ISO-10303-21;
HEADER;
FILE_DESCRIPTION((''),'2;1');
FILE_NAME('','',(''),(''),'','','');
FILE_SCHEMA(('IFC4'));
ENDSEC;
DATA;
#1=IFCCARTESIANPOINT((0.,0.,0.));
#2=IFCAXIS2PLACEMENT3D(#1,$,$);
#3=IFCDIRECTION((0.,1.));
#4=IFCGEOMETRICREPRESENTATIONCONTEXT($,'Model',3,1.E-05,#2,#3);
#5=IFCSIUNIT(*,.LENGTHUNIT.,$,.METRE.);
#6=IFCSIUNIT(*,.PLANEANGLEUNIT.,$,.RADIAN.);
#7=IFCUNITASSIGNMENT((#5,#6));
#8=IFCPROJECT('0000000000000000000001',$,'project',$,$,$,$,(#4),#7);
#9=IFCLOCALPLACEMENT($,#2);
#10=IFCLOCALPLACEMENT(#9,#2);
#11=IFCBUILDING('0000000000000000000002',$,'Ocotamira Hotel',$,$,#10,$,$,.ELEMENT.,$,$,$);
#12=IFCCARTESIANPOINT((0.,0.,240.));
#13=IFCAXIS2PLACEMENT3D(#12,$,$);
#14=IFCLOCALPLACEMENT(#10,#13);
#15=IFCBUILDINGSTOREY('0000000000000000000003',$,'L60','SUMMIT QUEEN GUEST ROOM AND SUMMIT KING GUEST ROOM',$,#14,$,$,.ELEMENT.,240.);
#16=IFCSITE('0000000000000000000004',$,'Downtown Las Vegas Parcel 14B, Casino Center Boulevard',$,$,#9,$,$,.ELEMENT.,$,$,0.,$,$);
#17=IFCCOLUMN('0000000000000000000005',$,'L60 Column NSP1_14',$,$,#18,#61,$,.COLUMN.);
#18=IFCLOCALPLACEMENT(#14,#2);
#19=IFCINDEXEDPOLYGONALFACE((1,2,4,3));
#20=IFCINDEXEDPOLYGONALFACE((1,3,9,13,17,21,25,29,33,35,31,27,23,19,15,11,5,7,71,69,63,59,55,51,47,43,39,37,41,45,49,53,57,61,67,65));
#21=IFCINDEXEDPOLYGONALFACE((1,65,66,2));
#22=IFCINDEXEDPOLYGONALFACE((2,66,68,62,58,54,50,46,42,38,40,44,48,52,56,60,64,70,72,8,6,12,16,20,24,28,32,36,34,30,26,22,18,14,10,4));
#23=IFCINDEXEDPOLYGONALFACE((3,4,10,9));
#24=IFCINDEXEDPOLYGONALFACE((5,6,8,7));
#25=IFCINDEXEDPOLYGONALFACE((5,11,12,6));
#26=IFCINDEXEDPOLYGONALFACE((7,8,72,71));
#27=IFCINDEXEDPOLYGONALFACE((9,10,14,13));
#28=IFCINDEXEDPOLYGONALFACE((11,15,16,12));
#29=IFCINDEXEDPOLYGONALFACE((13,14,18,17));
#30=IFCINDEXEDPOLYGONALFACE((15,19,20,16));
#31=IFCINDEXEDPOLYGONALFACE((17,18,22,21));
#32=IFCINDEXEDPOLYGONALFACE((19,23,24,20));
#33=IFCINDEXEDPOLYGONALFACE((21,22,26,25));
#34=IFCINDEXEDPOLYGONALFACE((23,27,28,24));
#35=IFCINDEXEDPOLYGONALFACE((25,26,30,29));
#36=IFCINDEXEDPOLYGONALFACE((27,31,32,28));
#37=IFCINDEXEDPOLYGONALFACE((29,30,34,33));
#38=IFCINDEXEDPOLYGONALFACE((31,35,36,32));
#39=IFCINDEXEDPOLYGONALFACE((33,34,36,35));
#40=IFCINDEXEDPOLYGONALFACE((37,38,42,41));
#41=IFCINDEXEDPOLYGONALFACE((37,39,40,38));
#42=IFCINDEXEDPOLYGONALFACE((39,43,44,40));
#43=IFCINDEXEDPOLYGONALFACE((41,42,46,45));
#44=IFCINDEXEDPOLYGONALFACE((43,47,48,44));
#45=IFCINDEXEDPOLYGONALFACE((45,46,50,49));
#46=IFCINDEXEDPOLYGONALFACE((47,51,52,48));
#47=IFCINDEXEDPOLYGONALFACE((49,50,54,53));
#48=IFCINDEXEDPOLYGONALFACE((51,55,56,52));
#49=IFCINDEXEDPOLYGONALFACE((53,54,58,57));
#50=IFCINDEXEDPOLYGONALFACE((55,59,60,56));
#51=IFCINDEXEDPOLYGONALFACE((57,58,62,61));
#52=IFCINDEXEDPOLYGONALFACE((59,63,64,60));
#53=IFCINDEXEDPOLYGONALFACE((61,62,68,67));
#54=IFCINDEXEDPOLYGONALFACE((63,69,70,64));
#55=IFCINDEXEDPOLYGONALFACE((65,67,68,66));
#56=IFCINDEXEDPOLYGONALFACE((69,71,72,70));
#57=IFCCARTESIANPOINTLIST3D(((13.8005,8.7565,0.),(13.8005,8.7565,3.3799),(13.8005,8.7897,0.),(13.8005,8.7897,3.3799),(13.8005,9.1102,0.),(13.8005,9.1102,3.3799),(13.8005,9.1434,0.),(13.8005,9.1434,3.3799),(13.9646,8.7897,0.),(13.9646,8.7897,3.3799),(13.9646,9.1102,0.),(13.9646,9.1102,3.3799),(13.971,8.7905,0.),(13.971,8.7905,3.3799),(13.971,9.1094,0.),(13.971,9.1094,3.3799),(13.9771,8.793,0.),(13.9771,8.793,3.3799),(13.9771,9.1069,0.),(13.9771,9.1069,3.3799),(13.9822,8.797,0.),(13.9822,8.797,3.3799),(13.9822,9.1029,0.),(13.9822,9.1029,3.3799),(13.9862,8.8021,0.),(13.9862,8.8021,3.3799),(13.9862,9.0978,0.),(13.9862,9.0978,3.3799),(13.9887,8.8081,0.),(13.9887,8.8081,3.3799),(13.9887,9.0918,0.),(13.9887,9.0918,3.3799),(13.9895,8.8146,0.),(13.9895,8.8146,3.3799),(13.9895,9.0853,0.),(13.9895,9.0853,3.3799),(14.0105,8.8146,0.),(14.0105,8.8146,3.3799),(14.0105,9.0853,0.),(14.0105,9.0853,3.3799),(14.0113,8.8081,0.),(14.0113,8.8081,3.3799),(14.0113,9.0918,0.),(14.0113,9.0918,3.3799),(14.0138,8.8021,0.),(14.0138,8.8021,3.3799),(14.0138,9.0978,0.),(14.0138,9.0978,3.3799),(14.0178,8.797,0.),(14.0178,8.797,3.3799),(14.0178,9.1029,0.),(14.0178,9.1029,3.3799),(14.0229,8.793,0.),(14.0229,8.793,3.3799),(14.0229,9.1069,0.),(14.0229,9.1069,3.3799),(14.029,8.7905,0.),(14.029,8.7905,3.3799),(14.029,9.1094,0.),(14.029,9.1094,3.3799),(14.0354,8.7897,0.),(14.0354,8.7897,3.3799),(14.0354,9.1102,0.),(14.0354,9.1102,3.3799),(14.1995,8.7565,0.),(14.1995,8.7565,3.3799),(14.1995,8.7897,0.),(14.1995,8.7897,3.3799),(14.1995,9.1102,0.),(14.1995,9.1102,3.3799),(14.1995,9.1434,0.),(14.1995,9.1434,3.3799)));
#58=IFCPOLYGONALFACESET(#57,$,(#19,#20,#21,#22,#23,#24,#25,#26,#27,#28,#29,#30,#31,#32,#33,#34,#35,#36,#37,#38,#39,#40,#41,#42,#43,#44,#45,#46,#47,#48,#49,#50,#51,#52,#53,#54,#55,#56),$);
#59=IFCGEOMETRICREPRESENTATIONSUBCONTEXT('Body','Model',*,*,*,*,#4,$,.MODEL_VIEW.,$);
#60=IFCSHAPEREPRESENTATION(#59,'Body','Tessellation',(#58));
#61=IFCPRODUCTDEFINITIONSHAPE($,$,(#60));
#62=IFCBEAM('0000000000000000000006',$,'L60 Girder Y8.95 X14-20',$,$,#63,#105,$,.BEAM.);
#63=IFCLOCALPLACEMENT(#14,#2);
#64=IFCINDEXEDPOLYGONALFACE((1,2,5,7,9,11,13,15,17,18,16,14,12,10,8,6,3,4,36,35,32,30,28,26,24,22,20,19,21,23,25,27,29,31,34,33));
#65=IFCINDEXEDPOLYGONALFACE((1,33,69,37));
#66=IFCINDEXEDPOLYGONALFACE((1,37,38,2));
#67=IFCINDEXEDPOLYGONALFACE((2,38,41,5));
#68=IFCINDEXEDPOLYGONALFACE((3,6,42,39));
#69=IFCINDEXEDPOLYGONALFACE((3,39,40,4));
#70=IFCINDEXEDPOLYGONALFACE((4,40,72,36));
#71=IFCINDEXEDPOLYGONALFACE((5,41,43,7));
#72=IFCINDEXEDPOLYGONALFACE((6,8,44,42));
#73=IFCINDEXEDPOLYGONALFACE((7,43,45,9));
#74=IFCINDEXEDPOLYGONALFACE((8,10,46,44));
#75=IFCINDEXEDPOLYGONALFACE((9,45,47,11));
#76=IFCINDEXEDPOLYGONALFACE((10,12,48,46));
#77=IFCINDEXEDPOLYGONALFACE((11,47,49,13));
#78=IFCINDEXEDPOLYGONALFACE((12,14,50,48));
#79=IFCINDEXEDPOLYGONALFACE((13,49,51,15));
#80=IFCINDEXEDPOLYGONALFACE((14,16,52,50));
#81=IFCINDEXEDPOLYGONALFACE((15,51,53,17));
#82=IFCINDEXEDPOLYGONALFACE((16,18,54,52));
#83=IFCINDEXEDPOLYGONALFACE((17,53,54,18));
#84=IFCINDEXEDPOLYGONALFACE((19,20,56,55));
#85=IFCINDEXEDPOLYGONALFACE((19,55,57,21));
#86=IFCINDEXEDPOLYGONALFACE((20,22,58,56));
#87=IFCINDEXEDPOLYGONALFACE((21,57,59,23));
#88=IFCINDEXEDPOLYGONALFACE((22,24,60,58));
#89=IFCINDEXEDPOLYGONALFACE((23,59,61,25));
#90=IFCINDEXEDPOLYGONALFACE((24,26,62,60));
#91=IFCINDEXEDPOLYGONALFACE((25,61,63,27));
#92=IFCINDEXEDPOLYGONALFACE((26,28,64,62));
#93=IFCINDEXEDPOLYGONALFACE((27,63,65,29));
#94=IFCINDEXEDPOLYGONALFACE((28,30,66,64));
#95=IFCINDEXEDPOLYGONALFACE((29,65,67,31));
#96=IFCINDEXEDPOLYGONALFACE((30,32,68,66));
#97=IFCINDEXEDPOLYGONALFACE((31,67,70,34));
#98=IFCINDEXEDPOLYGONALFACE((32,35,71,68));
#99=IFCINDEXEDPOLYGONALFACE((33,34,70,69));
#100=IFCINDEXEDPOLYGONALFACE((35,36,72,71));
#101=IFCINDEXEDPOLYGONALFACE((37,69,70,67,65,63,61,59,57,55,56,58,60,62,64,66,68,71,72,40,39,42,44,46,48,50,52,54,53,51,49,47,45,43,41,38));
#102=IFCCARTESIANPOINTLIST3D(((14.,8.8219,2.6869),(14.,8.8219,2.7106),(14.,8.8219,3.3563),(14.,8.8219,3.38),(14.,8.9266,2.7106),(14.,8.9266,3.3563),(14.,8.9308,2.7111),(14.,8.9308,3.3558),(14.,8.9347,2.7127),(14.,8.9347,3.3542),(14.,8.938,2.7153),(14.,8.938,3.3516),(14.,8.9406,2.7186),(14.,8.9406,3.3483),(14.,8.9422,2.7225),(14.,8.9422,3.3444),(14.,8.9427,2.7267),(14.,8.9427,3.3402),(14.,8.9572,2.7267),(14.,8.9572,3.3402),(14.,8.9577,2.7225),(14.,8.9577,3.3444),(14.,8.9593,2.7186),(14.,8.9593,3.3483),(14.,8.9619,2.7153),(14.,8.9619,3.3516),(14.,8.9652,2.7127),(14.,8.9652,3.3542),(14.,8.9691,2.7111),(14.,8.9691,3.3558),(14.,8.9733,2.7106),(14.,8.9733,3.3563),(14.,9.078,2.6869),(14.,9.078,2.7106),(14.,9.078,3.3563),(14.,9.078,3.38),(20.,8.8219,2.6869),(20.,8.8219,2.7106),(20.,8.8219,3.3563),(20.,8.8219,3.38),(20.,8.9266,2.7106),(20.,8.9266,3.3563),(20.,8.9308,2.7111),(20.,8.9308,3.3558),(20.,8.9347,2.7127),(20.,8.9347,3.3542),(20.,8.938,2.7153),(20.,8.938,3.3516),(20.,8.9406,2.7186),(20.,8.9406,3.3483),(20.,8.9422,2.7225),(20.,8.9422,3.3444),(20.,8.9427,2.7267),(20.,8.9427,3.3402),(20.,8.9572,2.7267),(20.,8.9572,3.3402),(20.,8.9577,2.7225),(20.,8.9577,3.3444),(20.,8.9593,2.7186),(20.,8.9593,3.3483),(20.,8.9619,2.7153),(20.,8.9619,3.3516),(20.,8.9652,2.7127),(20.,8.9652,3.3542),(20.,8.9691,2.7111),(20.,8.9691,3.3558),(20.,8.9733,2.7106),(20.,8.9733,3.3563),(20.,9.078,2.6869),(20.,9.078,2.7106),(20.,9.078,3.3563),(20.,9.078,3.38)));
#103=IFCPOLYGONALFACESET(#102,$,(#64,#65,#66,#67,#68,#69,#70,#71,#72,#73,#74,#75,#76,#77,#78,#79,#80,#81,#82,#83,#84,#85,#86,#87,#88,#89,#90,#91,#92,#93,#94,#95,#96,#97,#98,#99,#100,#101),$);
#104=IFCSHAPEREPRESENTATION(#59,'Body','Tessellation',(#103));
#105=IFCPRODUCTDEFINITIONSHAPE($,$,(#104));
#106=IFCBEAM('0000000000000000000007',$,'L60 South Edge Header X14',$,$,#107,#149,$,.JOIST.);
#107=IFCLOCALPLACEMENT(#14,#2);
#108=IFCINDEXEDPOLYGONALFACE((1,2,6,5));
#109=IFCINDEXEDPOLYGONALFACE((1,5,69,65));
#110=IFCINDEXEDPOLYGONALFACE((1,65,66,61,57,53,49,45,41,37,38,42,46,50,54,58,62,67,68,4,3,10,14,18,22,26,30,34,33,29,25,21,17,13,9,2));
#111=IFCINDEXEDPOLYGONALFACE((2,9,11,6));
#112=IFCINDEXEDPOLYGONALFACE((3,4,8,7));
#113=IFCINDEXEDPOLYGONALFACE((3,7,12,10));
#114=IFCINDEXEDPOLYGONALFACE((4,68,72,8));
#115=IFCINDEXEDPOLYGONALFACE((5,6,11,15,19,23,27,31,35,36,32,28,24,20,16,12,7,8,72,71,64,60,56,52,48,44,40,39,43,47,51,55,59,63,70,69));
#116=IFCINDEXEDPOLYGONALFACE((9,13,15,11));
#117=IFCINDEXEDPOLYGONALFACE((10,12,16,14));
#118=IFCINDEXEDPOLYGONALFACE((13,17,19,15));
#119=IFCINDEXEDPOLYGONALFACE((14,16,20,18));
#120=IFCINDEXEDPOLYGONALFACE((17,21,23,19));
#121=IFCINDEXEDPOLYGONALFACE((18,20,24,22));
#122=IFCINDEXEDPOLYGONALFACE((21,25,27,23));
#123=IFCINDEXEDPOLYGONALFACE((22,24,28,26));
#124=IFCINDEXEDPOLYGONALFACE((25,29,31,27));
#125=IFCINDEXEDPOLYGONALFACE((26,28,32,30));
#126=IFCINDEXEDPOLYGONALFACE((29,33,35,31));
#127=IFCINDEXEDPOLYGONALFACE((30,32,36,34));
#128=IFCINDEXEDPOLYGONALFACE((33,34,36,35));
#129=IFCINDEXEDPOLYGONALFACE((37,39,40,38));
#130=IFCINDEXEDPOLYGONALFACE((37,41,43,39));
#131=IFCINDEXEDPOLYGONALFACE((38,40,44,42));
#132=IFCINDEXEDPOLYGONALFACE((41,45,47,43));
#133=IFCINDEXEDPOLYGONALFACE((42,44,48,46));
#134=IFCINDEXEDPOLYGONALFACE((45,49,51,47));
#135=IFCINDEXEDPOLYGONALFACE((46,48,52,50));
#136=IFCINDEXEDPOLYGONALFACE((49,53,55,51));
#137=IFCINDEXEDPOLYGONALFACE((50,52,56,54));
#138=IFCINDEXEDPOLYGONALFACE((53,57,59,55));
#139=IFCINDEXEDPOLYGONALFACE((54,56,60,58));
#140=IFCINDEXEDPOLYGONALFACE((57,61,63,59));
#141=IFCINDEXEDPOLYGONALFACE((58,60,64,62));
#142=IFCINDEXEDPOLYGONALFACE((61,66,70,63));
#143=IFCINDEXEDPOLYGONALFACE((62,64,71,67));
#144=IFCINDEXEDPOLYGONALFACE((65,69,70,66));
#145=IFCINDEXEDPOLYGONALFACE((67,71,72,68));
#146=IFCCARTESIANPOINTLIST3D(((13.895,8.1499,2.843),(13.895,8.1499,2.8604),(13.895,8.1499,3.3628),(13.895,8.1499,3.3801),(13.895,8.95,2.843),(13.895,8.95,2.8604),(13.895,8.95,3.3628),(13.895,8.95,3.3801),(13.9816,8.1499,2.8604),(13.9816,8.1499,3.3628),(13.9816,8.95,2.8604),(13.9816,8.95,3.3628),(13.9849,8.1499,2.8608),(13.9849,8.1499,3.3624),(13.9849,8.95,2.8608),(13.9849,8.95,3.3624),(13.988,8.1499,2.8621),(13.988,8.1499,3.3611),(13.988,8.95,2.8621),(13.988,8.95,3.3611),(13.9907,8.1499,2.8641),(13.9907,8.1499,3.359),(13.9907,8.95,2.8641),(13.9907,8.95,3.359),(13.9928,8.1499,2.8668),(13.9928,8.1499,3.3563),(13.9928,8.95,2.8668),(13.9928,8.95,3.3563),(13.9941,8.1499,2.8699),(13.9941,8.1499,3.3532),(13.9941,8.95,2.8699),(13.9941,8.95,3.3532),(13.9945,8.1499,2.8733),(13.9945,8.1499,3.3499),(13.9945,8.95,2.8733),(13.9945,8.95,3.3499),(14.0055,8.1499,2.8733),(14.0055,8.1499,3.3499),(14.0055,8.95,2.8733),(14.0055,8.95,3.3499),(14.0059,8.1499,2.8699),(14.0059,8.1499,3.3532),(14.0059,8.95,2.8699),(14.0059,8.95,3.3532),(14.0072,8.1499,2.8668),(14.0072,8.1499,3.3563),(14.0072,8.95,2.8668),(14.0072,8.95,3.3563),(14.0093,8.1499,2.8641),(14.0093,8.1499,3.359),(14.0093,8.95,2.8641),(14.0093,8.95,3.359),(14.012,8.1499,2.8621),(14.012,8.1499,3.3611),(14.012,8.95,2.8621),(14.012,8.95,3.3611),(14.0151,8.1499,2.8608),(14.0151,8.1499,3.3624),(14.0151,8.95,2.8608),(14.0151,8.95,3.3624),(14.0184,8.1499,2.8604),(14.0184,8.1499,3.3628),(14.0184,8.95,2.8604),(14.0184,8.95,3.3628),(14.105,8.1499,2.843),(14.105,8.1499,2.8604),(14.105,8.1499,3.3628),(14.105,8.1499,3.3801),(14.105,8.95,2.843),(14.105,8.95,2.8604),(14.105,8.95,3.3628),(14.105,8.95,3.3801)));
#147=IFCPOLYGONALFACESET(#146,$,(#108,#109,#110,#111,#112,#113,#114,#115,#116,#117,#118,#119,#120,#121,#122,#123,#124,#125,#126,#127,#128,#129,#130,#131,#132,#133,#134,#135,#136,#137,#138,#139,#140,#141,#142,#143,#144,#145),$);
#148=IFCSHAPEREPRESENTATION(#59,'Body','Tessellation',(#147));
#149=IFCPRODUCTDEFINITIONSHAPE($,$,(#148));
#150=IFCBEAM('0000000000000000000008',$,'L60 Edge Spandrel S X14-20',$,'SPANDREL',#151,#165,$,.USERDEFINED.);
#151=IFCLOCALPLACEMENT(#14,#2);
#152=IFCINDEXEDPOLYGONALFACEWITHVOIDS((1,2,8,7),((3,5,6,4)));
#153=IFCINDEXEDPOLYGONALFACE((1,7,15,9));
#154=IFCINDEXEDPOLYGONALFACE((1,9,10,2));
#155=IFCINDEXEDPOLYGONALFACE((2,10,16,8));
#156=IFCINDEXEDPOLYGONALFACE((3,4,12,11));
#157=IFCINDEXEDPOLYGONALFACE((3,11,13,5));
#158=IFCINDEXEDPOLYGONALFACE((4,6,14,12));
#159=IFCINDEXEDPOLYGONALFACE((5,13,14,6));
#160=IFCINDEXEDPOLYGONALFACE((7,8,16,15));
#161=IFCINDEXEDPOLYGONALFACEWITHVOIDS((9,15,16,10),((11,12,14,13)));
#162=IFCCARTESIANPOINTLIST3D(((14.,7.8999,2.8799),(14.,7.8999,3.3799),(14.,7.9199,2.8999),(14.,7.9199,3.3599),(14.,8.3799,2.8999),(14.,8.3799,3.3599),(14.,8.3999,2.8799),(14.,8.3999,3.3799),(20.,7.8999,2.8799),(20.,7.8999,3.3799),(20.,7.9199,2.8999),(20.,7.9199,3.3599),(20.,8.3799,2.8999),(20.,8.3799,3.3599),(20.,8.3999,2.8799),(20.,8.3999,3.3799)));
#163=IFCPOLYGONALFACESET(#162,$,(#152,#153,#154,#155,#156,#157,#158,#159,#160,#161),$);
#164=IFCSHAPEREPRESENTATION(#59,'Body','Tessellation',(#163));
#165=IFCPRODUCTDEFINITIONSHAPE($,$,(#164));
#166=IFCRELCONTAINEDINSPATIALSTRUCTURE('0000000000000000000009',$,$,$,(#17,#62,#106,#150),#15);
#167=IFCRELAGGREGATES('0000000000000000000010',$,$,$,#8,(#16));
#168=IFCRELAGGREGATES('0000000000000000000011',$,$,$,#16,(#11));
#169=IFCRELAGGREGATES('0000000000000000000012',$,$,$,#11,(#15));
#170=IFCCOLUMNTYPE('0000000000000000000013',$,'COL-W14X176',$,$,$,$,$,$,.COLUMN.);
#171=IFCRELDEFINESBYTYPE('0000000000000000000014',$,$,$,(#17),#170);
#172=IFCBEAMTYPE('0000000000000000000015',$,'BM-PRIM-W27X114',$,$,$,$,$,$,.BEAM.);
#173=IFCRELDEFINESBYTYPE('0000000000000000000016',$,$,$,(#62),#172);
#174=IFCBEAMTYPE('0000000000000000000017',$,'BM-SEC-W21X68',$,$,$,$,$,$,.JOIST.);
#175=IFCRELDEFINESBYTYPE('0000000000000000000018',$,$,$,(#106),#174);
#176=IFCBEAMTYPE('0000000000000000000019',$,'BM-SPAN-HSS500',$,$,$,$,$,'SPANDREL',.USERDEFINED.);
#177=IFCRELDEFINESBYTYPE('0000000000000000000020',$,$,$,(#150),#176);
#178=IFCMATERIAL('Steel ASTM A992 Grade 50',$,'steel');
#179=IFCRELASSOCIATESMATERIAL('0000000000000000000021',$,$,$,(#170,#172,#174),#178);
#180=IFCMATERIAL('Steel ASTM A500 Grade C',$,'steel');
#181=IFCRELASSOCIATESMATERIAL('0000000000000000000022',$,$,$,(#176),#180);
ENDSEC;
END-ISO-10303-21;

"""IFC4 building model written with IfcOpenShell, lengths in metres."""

from ifc_helpers import new_model, si_unit, direction, frame, origin, origin_2d, place, context, subcontext, project, spatial, hollow_rectangle, i_section, extrude, source, transform, mapped, material, material_profile, profile_set, type_object, element, save


model = new_model("IFC4")

# Units and contexts
model_context = context("Model", 3, precision=1e-05, world=origin(), true_north=direction((0.0, 1.0)))
body_context = subcontext(model_context, "Body", "Model", "MODEL_VIEW")
ifc_project = project(units=[si_unit("LENGTHUNIT", "METRE"), si_unit("PLANEANGLEUNIT", "RADIAN")], contexts=[model_context])

# Site, building, storey
site_placement = place(None, origin())
site = spatial("IfcSite", under=ifc_project, at=site_placement, Name="Downtown Las Vegas Parcel 14B, Casino Center Boulevard", CompositionType="ELEMENT", RefElevation=0.0)
building_placement = place(site_placement, origin())
building = spatial("IfcBuilding", under=site, at=building_placement, Name="Ocotamira Hotel", CompositionType="ELEMENT")
storey_placement = place(building_placement, frame((0.0, 0.0, 240.0)))
storey = spatial("IfcBuildingStorey", under=building, at=storey_placement, Name="L60", Description="SUMMIT QUEEN GUEST ROOM AND SUMMIT KING GUEST ROOM", CompositionType="ELEMENT", Elevation=240.0)

# Column
ifc_material_1 = material(Name="Steel ASTM A992 Grade 50", Category="steel")
ifc_material_profile_1 = material_profile(ifc_material_1, i_section(OverallWidth=0.3989, OverallDepth=0.387, WebThickness=0.021, FlangeThickness=0.0332, FilletRadius=0.0249, at=origin_2d()), Name="W14X176")
ifc_profile_set_1 = profile_set([ifc_material_profile_1], Name="Steel ASTM A992 Grade 50")
column_type = type_object("IfcColumnType", Name="COL-W14X176", PredefinedType="COLUMN", material=ifc_profile_set_1)
shared_shape_1 = source(origin(), body_context, "Body", "SweptSolid", [
    extrude(i_section(OverallWidth=0.3989, OverallDepth=0.387, WebThickness=0.021, FlangeThickness=0.0332, FilletRadius=0.0249, at=origin_2d()), origin(), (0.0, 0.0, 1.0), 3.3799),
])
column_placement = place(storey_placement, frame((14.0, 8.95, 0.0), z_axis=(0.0, 0.0, 1.0), x_axis=(1.0, 0.0, 0.0)))
element("IfcColumn", 1, at=column_placement, inside=storey, type_object=column_type, Name="L60 Column NSP1_14", PredefinedType="COLUMN", context=body_context, shape_type="MappedRepresentation", body=[
    mapped(shared_shape_1, transform((0.0, 0.0, 0.0), scale=1.0)),
])

# Beams
ifc_material_profile_2 = material_profile(ifc_material_1, i_section(OverallWidth=0.2561, OverallDepth=0.6931, WebThickness=0.0144, FlangeThickness=0.0237, FilletRadius=0.0161, at=origin_2d()), Name="W27X114")
ifc_profile_set_2 = profile_set([ifc_material_profile_2], Name="Steel ASTM A992 Grade 50")
beam_type_1 = type_object("IfcBeamType", Name="BM-PRIM-W27X114", PredefinedType="BEAM", material=ifc_profile_set_2)
shared_shape_2 = source(origin(), body_context, "Body", "SweptSolid", [
    extrude(i_section(OverallWidth=0.2561, OverallDepth=0.6931, WebThickness=0.0144, FlangeThickness=0.0237, FilletRadius=0.0161, at=origin_2d()), origin(), (0.0, 0.0, 1.0), 6.0),
])
beam_1_placement = place(storey_placement, frame((14.0, 8.95, 3.0334), z_axis=(1.0, 0.0, 0.0), x_axis=(0.0, 1.0, 0.0)))
element("IfcBeam", 2, at=beam_1_placement, inside=storey, type_object=beam_type_1, Name="L60 Girder Y8.95 X14-20", PredefinedType="BEAM", context=body_context, shape_type="MappedRepresentation", body=[
    mapped(shared_shape_2, transform((0.0, 0.0, 0.0), scale=1.0)),
])
ifc_material_profile_3 = material_profile(ifc_material_1, i_section(OverallWidth=0.21, OverallDepth=0.5371, WebThickness=0.011, FlangeThickness=0.0173, FilletRadius=0.0129, at=origin_2d()), Name="W21X68")
ifc_profile_set_3 = profile_set([ifc_material_profile_3], Name="Steel ASTM A992 Grade 50")
beam_type_2 = type_object("IfcBeamType", Name="BM-SEC-W21X68", PredefinedType="JOIST", material=ifc_profile_set_3)
shared_shape_3 = source(origin(), body_context, "Body", "SweptSolid", [
    extrude(i_section(OverallWidth=0.21, OverallDepth=0.5371, WebThickness=0.011, FlangeThickness=0.0173, FilletRadius=0.0129, at=origin_2d()), origin(), (0.0, 0.0, 1.0), 0.8),
])
beam_2_placement = place(storey_placement, frame((14.0, 8.95, 3.1116), z_axis=(0.0, -1.0, 0.0), x_axis=(1.0, 0.0, 0.0)))
element("IfcBeam", 3, at=beam_2_placement, inside=storey, type_object=beam_type_2, Name="L60 South Edge Header X14", PredefinedType="JOIST", context=body_context, shape_type="MappedRepresentation", body=[
    mapped(shared_shape_3, transform((0.0, 0.0, 0.0), scale=1.0)),
])
ifc_material_2 = material(Name="Steel ASTM A500 Grade C", Category="steel")
ifc_material_profile_4 = material_profile(ifc_material_2, hollow_rectangle(XDim=0.5, YDim=0.5, WallThickness=0.02, at=origin_2d()), Name="HSS500X500X20")
ifc_profile_set_4 = profile_set([ifc_material_profile_4], Name="Steel ASTM A500 Grade C")
beam_type_3 = type_object("IfcBeamType", Name="BM-SPAN-HSS500", ElementType="SPANDREL", PredefinedType="USERDEFINED", material=ifc_profile_set_4)
shared_shape_4 = source(origin(), body_context, "Body", "SweptSolid", [
    extrude(hollow_rectangle(XDim=0.5, YDim=0.5, WallThickness=0.02, at=origin_2d()), origin(), (0.0, 0.0, 1.0), 6.0),
])
beam_3_placement = place(storey_placement, frame((14.0, 8.1499, 3.1299), z_axis=(1.0, 0.0, 0.0), x_axis=(0.0, 1.0, 0.0)))
element("IfcBeam", 4, at=beam_3_placement, inside=storey, type_object=beam_type_3, Name="L60 Edge Spandrel S X14-20", ObjectType="SPANDREL", PredefinedType="USERDEFINED", context=body_context, shape_type="MappedRepresentation", body=[
    mapped(shared_shape_4, transform((0.0, 0.0, 0.0), scale=1.0)),
])

save(model, "model.ifc")
